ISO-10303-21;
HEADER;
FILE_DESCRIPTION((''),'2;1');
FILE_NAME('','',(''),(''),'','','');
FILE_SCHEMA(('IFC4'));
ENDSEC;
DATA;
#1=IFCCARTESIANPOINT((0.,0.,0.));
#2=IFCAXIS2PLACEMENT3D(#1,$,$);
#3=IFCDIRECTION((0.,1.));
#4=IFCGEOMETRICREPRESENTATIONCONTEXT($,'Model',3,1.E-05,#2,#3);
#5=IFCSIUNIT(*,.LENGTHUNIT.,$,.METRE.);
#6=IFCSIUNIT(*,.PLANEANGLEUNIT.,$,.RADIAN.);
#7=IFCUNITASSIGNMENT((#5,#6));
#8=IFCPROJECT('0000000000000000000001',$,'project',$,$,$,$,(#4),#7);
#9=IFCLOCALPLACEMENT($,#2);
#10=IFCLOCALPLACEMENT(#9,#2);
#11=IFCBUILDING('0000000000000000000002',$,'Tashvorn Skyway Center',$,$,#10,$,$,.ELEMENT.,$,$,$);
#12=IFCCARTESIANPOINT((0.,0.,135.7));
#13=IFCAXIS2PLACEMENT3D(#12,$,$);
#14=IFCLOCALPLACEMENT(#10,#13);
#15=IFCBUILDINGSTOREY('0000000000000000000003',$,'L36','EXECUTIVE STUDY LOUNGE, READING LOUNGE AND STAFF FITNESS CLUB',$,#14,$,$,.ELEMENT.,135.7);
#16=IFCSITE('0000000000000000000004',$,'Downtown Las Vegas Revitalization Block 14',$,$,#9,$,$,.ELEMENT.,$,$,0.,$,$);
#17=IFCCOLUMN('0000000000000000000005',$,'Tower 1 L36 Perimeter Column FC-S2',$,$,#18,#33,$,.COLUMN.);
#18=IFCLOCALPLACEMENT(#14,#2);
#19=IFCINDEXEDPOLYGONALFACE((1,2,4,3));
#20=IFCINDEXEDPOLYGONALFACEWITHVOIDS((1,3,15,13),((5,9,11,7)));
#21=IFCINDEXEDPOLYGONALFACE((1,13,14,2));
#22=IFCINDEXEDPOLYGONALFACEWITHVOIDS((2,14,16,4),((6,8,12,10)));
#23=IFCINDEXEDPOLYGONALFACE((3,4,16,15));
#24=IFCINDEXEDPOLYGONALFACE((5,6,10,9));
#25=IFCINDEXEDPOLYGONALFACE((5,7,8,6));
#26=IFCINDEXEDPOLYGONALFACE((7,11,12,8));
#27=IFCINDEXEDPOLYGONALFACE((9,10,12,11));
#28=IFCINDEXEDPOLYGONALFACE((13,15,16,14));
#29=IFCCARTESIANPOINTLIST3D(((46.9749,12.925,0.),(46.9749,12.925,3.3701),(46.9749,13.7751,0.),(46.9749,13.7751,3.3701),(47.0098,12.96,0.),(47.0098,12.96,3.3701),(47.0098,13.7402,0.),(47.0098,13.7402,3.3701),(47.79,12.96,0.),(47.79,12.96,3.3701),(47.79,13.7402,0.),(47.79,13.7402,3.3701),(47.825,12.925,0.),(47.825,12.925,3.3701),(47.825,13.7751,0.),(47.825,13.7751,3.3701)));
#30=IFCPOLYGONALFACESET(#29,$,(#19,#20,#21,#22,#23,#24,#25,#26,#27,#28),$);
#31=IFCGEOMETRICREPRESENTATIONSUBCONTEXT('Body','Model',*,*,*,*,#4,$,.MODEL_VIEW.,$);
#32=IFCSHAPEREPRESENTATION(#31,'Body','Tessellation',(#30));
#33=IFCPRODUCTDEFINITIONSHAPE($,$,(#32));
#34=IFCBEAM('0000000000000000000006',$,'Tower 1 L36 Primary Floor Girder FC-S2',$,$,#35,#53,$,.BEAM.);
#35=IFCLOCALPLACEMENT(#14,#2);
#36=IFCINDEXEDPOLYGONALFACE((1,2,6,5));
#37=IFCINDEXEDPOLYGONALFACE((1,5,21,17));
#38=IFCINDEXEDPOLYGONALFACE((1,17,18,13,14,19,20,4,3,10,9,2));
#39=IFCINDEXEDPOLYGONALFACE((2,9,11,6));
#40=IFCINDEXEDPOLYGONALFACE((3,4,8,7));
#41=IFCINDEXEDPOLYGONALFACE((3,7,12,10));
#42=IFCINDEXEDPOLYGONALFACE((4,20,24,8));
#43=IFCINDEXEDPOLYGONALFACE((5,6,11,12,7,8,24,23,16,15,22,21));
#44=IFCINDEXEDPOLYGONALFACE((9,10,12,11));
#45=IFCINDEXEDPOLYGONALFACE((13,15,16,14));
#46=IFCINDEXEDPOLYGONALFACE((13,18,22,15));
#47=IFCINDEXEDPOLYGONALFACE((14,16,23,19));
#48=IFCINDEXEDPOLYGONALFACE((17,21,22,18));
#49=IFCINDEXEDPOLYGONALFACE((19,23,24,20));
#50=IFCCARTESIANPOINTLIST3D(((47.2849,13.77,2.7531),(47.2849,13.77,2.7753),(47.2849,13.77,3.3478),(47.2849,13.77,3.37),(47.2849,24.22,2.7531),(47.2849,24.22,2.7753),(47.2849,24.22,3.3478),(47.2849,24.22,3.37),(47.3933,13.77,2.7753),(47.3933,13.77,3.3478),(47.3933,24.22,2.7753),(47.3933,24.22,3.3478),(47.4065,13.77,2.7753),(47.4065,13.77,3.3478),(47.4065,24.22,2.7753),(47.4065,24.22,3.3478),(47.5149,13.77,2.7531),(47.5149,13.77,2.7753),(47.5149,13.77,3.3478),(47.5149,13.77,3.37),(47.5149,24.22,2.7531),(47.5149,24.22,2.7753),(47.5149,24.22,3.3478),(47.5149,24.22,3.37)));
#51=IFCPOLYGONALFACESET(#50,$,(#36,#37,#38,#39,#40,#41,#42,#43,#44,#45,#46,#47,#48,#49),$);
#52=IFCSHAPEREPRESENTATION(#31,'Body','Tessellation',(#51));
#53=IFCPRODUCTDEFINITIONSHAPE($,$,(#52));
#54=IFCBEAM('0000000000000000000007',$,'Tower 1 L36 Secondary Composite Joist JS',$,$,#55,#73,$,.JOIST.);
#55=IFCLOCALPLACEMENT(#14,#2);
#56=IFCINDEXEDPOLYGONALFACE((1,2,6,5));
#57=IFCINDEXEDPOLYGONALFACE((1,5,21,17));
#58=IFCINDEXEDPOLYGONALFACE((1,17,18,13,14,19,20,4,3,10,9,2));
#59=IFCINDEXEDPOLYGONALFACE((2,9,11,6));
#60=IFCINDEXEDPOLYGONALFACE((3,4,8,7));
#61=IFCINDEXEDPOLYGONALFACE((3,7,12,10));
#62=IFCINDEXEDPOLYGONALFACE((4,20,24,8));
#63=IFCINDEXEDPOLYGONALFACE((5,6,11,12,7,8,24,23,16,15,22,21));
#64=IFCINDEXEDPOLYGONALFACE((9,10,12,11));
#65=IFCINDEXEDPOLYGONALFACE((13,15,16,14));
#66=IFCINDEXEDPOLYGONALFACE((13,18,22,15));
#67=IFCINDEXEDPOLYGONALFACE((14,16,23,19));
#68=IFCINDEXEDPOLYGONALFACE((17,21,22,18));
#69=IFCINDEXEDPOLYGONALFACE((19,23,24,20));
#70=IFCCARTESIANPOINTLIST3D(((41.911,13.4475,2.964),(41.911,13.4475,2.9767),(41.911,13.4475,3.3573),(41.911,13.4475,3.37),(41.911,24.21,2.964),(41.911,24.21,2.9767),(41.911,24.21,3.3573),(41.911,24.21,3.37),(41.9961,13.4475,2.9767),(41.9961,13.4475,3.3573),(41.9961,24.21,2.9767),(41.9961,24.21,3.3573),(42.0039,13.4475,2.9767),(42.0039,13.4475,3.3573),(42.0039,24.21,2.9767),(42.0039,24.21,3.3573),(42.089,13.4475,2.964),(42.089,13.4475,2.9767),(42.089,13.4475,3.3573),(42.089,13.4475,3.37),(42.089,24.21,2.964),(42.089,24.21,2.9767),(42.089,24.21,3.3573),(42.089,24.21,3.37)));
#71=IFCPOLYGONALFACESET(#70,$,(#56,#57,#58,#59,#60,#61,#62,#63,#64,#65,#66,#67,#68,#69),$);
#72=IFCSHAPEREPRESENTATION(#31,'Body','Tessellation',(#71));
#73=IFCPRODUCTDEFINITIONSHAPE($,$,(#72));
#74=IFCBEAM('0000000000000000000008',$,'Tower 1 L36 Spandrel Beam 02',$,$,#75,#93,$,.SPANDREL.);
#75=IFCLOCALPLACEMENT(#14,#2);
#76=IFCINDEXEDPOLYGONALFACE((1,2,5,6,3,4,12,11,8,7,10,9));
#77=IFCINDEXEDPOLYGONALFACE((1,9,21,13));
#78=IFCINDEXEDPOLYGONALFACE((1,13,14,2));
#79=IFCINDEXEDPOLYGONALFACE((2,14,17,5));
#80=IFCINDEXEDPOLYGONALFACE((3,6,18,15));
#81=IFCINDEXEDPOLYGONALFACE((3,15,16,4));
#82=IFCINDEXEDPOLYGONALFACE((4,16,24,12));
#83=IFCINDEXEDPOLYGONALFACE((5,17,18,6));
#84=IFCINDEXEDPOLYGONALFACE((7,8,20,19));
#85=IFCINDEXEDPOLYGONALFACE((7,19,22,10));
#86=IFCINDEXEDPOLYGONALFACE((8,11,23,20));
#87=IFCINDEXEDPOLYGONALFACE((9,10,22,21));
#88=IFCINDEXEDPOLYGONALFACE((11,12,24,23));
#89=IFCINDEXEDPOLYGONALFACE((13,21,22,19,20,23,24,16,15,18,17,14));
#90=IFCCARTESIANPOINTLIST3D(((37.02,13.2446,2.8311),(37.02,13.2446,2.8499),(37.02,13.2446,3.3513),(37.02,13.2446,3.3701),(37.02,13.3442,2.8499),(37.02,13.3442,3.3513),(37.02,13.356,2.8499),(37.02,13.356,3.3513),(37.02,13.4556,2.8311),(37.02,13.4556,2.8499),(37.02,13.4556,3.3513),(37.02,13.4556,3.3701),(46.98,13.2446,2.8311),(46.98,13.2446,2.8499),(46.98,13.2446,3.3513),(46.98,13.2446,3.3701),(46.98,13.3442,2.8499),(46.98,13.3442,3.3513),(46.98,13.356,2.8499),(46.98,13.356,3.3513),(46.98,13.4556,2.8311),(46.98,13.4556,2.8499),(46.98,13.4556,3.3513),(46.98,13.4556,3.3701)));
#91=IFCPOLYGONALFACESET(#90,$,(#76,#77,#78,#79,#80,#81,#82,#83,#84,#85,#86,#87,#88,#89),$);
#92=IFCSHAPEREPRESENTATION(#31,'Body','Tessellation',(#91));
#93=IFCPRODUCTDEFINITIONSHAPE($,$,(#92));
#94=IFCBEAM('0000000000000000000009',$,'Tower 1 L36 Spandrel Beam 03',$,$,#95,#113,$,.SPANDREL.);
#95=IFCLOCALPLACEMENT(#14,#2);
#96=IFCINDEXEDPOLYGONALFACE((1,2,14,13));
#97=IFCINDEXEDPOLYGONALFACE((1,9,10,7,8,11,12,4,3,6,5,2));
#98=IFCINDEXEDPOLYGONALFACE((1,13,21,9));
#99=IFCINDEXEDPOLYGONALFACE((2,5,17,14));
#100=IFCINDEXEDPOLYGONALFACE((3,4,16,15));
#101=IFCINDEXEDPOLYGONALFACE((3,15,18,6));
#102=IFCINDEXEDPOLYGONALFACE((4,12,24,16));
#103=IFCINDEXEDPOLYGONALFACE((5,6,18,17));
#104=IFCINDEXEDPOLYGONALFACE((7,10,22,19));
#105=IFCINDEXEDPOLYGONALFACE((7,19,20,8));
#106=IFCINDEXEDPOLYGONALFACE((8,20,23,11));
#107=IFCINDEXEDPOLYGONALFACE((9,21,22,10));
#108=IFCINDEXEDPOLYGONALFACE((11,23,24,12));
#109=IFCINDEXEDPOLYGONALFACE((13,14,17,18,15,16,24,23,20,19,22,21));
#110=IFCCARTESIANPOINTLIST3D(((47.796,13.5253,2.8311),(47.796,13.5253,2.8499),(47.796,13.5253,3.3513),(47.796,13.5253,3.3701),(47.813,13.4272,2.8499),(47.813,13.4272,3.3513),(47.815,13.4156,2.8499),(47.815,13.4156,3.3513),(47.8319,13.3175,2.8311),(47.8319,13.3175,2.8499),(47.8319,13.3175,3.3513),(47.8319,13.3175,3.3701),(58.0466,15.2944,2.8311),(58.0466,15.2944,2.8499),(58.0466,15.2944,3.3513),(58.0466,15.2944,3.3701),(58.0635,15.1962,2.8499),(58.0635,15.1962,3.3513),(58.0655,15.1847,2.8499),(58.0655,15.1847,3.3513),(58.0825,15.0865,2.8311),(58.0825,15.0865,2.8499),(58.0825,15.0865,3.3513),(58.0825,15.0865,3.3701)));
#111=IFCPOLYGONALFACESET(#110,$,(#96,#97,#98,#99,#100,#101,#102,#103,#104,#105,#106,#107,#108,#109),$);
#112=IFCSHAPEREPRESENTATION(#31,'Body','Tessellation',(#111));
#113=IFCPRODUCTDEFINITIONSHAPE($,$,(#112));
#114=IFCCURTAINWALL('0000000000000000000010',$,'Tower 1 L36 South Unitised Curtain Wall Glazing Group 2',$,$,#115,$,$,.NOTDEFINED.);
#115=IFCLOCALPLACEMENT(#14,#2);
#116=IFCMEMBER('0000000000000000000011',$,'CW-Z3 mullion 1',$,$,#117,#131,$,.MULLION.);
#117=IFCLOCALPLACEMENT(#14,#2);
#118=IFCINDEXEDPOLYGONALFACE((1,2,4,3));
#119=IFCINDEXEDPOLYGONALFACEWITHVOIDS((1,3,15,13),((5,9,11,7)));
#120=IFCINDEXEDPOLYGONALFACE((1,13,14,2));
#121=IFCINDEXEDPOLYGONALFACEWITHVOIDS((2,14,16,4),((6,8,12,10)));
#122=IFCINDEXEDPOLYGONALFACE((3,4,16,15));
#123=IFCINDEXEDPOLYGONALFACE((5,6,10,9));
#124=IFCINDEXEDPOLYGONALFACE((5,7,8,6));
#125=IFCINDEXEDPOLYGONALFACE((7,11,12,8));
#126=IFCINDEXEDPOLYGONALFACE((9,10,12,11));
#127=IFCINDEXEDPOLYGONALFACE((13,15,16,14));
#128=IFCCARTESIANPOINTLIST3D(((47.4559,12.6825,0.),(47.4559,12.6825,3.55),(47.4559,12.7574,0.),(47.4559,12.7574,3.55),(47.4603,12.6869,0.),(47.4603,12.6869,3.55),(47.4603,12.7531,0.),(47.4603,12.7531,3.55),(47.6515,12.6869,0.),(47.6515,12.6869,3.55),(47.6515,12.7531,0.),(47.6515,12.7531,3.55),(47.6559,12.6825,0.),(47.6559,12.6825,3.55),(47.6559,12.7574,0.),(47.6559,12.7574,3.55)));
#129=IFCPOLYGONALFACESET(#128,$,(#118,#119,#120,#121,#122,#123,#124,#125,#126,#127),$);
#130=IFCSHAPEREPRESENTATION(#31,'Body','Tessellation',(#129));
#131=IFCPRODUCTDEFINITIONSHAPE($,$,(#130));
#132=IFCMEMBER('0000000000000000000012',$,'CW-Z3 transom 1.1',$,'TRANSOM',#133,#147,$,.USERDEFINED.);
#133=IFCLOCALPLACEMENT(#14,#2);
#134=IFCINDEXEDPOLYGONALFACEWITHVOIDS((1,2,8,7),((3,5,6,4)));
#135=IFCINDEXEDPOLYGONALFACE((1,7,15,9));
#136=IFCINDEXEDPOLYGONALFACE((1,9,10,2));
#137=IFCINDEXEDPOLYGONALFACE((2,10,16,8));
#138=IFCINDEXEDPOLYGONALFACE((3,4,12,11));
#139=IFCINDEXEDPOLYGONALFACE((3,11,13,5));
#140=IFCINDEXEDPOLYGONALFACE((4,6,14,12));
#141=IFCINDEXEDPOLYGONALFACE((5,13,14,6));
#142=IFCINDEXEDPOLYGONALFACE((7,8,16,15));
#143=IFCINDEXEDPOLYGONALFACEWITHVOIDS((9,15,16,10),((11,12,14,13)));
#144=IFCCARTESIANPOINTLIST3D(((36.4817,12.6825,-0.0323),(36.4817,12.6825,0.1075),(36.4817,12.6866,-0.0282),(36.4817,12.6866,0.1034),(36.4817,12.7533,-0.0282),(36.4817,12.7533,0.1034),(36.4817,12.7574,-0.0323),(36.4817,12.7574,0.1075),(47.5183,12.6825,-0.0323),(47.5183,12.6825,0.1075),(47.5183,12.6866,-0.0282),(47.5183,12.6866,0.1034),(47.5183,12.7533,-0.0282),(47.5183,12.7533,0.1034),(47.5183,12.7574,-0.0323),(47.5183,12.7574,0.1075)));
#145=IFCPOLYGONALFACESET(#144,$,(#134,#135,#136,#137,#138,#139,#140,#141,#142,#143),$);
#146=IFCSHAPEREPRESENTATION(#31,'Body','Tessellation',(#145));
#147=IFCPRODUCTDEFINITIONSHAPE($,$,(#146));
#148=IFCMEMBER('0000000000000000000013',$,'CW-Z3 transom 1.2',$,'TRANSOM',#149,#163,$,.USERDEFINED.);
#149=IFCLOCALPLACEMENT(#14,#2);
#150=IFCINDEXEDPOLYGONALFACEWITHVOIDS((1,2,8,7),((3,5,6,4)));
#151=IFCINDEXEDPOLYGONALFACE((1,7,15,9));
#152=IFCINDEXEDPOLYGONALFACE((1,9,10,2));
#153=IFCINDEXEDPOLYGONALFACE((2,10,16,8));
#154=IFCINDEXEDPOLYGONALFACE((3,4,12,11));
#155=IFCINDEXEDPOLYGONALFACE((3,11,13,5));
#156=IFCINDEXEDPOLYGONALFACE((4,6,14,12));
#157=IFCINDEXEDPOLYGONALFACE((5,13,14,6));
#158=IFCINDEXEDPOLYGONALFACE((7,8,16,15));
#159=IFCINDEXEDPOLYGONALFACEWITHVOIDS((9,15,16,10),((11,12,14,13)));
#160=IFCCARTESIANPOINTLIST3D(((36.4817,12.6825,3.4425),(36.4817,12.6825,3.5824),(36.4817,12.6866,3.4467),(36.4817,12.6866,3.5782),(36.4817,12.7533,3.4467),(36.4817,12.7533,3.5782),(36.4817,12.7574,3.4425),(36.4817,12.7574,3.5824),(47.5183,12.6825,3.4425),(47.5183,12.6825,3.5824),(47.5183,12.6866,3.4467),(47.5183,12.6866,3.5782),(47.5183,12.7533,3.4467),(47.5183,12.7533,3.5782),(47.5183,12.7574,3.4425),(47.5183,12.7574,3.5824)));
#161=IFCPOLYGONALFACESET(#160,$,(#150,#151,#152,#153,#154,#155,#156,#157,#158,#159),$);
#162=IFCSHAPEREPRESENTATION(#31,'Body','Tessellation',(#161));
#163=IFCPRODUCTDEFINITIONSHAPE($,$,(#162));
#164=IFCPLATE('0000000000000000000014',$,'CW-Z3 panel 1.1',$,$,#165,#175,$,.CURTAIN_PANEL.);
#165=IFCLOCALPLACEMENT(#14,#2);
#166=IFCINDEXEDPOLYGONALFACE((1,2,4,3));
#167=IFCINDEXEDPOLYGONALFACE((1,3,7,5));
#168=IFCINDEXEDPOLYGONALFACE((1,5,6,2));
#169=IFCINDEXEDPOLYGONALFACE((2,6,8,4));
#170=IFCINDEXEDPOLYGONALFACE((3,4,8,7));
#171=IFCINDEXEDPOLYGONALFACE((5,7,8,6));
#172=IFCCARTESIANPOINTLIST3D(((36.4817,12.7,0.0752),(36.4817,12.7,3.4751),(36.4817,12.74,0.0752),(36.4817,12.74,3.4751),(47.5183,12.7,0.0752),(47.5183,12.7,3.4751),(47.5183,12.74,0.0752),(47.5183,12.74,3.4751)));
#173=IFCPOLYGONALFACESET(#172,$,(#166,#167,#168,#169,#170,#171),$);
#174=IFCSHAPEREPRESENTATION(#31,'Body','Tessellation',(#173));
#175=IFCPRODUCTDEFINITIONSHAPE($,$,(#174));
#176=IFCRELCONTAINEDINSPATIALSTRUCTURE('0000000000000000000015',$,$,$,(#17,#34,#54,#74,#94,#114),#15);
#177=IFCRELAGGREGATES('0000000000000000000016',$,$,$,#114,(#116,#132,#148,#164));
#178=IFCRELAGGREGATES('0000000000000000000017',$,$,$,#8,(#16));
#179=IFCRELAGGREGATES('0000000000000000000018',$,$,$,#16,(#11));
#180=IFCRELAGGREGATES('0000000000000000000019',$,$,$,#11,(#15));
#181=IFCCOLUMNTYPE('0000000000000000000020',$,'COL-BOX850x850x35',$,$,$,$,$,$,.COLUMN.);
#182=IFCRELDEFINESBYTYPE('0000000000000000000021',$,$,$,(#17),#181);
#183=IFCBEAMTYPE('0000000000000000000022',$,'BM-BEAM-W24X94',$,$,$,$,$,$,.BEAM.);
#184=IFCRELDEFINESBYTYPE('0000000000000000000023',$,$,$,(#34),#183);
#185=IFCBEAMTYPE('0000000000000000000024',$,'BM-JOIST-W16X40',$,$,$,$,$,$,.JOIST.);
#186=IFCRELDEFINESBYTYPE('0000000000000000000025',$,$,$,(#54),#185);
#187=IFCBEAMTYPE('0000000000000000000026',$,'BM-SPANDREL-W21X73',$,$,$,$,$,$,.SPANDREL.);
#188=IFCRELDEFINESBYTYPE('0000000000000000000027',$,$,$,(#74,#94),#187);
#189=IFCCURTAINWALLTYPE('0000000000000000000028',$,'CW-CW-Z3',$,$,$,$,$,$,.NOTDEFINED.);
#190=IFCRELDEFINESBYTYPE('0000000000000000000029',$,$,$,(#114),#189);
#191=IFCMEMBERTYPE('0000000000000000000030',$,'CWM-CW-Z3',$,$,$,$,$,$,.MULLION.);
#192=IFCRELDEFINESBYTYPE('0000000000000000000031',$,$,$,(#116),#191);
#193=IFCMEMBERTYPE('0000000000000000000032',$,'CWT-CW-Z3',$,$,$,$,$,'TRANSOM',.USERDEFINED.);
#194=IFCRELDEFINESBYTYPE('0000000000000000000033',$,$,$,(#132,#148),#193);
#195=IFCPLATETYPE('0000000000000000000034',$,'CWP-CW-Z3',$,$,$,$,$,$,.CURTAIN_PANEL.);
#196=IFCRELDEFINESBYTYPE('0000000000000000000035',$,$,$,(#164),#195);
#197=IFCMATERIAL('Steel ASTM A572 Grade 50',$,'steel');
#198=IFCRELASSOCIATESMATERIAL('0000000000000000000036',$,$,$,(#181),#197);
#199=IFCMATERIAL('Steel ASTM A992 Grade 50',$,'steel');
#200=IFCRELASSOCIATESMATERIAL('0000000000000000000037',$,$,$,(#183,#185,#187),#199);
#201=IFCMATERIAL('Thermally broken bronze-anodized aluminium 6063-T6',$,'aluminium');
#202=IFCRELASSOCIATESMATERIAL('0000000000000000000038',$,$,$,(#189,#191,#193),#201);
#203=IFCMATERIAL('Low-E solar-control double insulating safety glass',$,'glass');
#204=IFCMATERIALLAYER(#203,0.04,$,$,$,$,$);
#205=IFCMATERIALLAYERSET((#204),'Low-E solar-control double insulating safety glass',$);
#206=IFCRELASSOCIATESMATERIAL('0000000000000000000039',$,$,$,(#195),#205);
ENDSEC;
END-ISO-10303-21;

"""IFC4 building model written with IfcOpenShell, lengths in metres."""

from ifc_helpers import new_model, si_unit, direction, frame, origin, origin_2d, place, context, subcontext, project, spatial, rectangle, hollow_rectangle, i_section, extrude, material, layer, layer_set, material_profile, profile_set, type_object, element, aggregate, save


model = new_model("IFC4")

# Units and contexts
model_context = context("Model", 3, precision=1e-05, world=origin(), true_north=direction((0.0, 1.0)))
body_context = subcontext(model_context, "Body", "Model", "MODEL_VIEW")
ifc_project = project(units=[si_unit("LENGTHUNIT", "METRE"), si_unit("PLANEANGLEUNIT", "RADIAN")], contexts=[model_context])

# Site, building, storey
site_placement = place(None, origin())
site = spatial("IfcSite", under=ifc_project, at=site_placement, Name="Downtown Las Vegas Revitalization Block 14", CompositionType="ELEMENT", RefElevation=0.0)
building_placement = place(site_placement, origin())
building = spatial("IfcBuilding", under=site, at=building_placement, Name="Tashvorn Skyway Center", CompositionType="ELEMENT")
storey_placement = place(building_placement, frame((0.0, 0.0, 135.7)))
storey = spatial("IfcBuildingStorey", under=building, at=storey_placement, Name="L36", Description="EXECUTIVE STUDY LOUNGE, READING LOUNGE AND STAFF FITNESS CLUB", CompositionType="ELEMENT", Elevation=135.7)

# Column
ifc_material_1 = material(Name="Steel ASTM A572 Grade 50", Category="steel")
ifc_material_profile_1 = material_profile(ifc_material_1, hollow_rectangle(XDim=0.8501, YDim=0.8501, WallThickness=0.0349, at=origin_2d()), Name="BOX850x850x35")
ifc_profile_set_1 = profile_set([ifc_material_profile_1], Name="Steel ASTM A572 Grade 50")
column_type = type_object("IfcColumnType", Name="COL-BOX850x850x35", PredefinedType="COLUMN", material=ifc_profile_set_1)
column_placement = place(storey_placement, frame((47.3999, 13.3501, 0.0), z_axis=(0.0, 0.0, 1.0), x_axis=(1.0, 0.0, 0.0)))
element("IfcColumn", 1, at=column_placement, inside=storey, type_object=column_type, Name="Tower 1 L36 Perimeter Column FC-S2", PredefinedType="COLUMN", context=body_context, shape_type="SweptSolid", body=[
    extrude(hollow_rectangle(XDim=0.8501, YDim=0.8501, WallThickness=0.0349, at=origin_2d()), origin(), (0.0, 0.0, 1.0), 3.3701),
])

# Beams
ifc_material_2 = material(Name="Steel ASTM A992 Grade 50", Category="steel")
ifc_material_profile_2 = material_profile(ifc_material_2, i_section(OverallWidth=0.23, OverallDepth=0.6169, WebThickness=0.0132, FlangeThickness=0.0222, at=origin_2d()), Name="W24X94")
ifc_profile_set_2 = profile_set([ifc_material_profile_2], Name="Steel ASTM A992 Grade 50")
beam_type_1 = type_object("IfcBeamType", Name="BM-BEAM-W24X94", PredefinedType="BEAM", material=ifc_profile_set_2)
beam_1_placement = place(storey_placement, frame((47.3999, 13.77, 3.0615), z_axis=(0.0, 1.0, 0.0), x_axis=(-1.0, 0.0, 0.0)))
element("IfcBeam", 2, at=beam_1_placement, inside=storey, type_object=beam_type_1, Name="Tower 1 L36 Primary Floor Girder FC-S2", PredefinedType="BEAM", context=body_context, shape_type="SweptSolid", body=[
    extrude(i_section(OverallWidth=0.23, OverallDepth=0.6169, WebThickness=0.0132, FlangeThickness=0.0222, at=origin_2d()), origin(), (0.0, 0.0, 1.0), 10.45),
])
ifc_material_profile_3 = material_profile(ifc_material_2, i_section(OverallWidth=0.178, OverallDepth=0.406, WebThickness=0.0078, FlangeThickness=0.0127, at=origin_2d()), Name="W16X40")
ifc_profile_set_3 = profile_set([ifc_material_profile_3], Name="Steel ASTM A992 Grade 50")
beam_type_2 = type_object("IfcBeamType", Name="BM-JOIST-W16X40", PredefinedType="JOIST", material=ifc_profile_set_3)
beam_2_placement = place(storey_placement, frame((42.0, 24.21, 3.167), z_axis=(0.0, -1.0, 0.0), x_axis=(1.0, 0.0, 0.0)))
element("IfcBeam", 3, at=beam_2_placement, inside=storey, type_object=beam_type_2, Name="Tower 1 L36 Secondary Composite Joist JS", PredefinedType="JOIST", context=body_context, shape_type="SweptSolid", body=[
    extrude(i_section(OverallWidth=0.178, OverallDepth=0.406, WebThickness=0.0078, FlangeThickness=0.0127, at=origin_2d()), origin(), (0.0, 0.0, 1.0), 10.7625),
])
ifc_material_profile_4 = material_profile(ifc_material_2, i_section(OverallWidth=0.2109, OverallDepth=0.5391, WebThickness=0.0117, FlangeThickness=0.0188, at=origin_2d()), Name="W21X73")
ifc_profile_set_4 = profile_set([ifc_material_profile_4], Name="Steel ASTM A992 Grade 50")
beam_type_3 = type_object("IfcBeamType", Name="BM-SPANDREL-W21X73", PredefinedType="SPANDREL", material=ifc_profile_set_4)
beam_3_placement = place(storey_placement, frame((37.02, 13.3501, 3.1006), z_axis=(1.0, 0.0, 0.0), x_axis=(0.0, 1.0, 0.0)))
element("IfcBeam", 4, at=beam_3_placement, inside=storey, type_object=beam_type_3, Name="Tower 1 L36 Spandrel Beam 02", PredefinedType="SPANDREL", context=body_context, shape_type="SweptSolid", body=[
    extrude(i_section(OverallWidth=0.2109, OverallDepth=0.5391, WebThickness=0.0117, FlangeThickness=0.0188, at=origin_2d()), origin(), (0.0, 0.0, 1.0), 9.96),
])
beam_4_placement = place(storey_placement, frame((47.814, 13.4214, 3.1006), z_axis=(0.985432, 0.170067, 0.0), x_axis=(-0.170067, 0.985432, 0.0)))
element("IfcBeam", 5, at=beam_4_placement, inside=storey, type_object=beam_type_3, Name="Tower 1 L36 Spandrel Beam 03", PredefinedType="SPANDREL", context=body_context, shape_type="SweptSolid", body=[
    extrude(i_section(OverallWidth=0.2109, OverallDepth=0.5391, WebThickness=0.0117, FlangeThickness=0.0188, at=origin_2d()), origin(), (0.0, 0.0, 1.0), 10.4021),
])

# Curtain wall, members, plate
ifc_material_3 = material(Name="Thermally broken bronze-anodized aluminium 6063-T6", Category="aluminium")
curtain_wall_type = type_object("IfcCurtainWallType", Name="CW-CW-Z3", PredefinedType="NOTDEFINED", material=ifc_material_3)
curtain_wall_placement = place(storey_placement, origin())
curtain_wall = element("IfcCurtainWall", 6, at=curtain_wall_placement, inside=storey, type_object=curtain_wall_type, Name="Tower 1 L36 South Unitised Curtain Wall Glazing Group 2", PredefinedType="NOTDEFINED")
ifc_material_profile_5 = material_profile(ifc_material_3, hollow_rectangle(XDim=0.075, YDim=0.2, WallThickness=0.0044, at=origin_2d()), Name="ALU-MULL-75x200")
ifc_profile_set_5 = profile_set([ifc_material_profile_5], Name="Thermally broken bronze-anodized aluminium 6063-T6")
member_type_1 = type_object("IfcMemberType", Name="CWM-CW-Z3", PredefinedType="MULLION", material=ifc_profile_set_5)
member_1_placement = place(storey_placement, frame((47.5559, 12.72, 0.0), z_axis=(0.0, 0.0, 1.0), x_axis=(0.0, -1.0, 0.0)))
member_1 = element("IfcMember", 7, at=member_1_placement, type_object=member_type_1, Name="CW-Z3 mullion 1", PredefinedType="MULLION", context=body_context, shape_type="SweptSolid", body=[
    extrude(hollow_rectangle(XDim=0.075, YDim=0.2, WallThickness=0.0044, at=origin_2d()), origin(), (0.0, 0.0, 1.0), 3.55),
])
ifc_material_profile_6 = material_profile(ifc_material_3, hollow_rectangle(XDim=0.075, YDim=0.1399, WallThickness=0.0042, at=origin_2d()), Name="ALU-TRAN-75x140")
ifc_profile_set_6 = profile_set([ifc_material_profile_6], Name="Thermally broken bronze-anodized aluminium 6063-T6")
member_type_2 = type_object("IfcMemberType", Name="CWT-CW-Z3", ElementType="TRANSOM", PredefinedType="USERDEFINED", material=ifc_profile_set_6)
member_2_placement = place(storey_placement, frame((47.5183, 12.72, 0.0376), z_axis=(-1.0, 0.0, 0.0), x_axis=(0.0, -1.0, 0.0)))
member_2 = element("IfcMember", 8, at=member_2_placement, type_object=member_type_2, Name="CW-Z3 transom 1.1", ObjectType="TRANSOM", PredefinedType="USERDEFINED", context=body_context, shape_type="SweptSolid", body=[
    extrude(hollow_rectangle(XDim=0.075, YDim=0.1399, WallThickness=0.0042, at=origin_2d()), origin(), (0.0, 0.0, 1.0), 11.0366),
])
member_3_placement = place(storey_placement, frame((47.5183, 12.72, 3.5125), z_axis=(-1.0, 0.0, 0.0), x_axis=(0.0, -1.0, 0.0)))
member_3 = element("IfcMember", 9, at=member_3_placement, type_object=member_type_2, Name="CW-Z3 transom 1.2", ObjectType="TRANSOM", PredefinedType="USERDEFINED", context=body_context, shape_type="SweptSolid", body=[
    extrude(hollow_rectangle(XDim=0.075, YDim=0.1399, WallThickness=0.0042, at=origin_2d()), origin(), (0.0, 0.0, 1.0), 11.0366),
])
ifc_material_4 = material(Name="Low-E solar-control double insulating safety glass", Category="glass")
ifc_layer_1 = layer(ifc_material_4, 0.04)
ifc_layer_set_1 = layer_set([ifc_layer_1], Name="Low-E solar-control double insulating safety glass")
plate_type = type_object("IfcPlateType", Name="CWP-CW-Z3", PredefinedType="CURTAIN_PANEL", material=ifc_layer_set_1)
plate_placement = place(storey_placement, frame((42.0, 12.72, 0.0752), z_axis=(0.0, 0.0, 1.0), x_axis=(-1.0, 0.0, 0.0)))
plate = element("IfcPlate", 10, at=plate_placement, type_object=plate_type, Name="CW-Z3 panel 1.1", PredefinedType="CURTAIN_PANEL", context=body_context, shape_type="SweptSolid", body=[
    extrude(rectangle(XDim=11.0366, YDim=0.04, at=origin_2d()), origin(), (0.0, 0.0, 1.0), 3.3999),
])
aggregate(curtain_wall, [member_1, member_2, member_3, plate])

save(model, "model.ifc")
